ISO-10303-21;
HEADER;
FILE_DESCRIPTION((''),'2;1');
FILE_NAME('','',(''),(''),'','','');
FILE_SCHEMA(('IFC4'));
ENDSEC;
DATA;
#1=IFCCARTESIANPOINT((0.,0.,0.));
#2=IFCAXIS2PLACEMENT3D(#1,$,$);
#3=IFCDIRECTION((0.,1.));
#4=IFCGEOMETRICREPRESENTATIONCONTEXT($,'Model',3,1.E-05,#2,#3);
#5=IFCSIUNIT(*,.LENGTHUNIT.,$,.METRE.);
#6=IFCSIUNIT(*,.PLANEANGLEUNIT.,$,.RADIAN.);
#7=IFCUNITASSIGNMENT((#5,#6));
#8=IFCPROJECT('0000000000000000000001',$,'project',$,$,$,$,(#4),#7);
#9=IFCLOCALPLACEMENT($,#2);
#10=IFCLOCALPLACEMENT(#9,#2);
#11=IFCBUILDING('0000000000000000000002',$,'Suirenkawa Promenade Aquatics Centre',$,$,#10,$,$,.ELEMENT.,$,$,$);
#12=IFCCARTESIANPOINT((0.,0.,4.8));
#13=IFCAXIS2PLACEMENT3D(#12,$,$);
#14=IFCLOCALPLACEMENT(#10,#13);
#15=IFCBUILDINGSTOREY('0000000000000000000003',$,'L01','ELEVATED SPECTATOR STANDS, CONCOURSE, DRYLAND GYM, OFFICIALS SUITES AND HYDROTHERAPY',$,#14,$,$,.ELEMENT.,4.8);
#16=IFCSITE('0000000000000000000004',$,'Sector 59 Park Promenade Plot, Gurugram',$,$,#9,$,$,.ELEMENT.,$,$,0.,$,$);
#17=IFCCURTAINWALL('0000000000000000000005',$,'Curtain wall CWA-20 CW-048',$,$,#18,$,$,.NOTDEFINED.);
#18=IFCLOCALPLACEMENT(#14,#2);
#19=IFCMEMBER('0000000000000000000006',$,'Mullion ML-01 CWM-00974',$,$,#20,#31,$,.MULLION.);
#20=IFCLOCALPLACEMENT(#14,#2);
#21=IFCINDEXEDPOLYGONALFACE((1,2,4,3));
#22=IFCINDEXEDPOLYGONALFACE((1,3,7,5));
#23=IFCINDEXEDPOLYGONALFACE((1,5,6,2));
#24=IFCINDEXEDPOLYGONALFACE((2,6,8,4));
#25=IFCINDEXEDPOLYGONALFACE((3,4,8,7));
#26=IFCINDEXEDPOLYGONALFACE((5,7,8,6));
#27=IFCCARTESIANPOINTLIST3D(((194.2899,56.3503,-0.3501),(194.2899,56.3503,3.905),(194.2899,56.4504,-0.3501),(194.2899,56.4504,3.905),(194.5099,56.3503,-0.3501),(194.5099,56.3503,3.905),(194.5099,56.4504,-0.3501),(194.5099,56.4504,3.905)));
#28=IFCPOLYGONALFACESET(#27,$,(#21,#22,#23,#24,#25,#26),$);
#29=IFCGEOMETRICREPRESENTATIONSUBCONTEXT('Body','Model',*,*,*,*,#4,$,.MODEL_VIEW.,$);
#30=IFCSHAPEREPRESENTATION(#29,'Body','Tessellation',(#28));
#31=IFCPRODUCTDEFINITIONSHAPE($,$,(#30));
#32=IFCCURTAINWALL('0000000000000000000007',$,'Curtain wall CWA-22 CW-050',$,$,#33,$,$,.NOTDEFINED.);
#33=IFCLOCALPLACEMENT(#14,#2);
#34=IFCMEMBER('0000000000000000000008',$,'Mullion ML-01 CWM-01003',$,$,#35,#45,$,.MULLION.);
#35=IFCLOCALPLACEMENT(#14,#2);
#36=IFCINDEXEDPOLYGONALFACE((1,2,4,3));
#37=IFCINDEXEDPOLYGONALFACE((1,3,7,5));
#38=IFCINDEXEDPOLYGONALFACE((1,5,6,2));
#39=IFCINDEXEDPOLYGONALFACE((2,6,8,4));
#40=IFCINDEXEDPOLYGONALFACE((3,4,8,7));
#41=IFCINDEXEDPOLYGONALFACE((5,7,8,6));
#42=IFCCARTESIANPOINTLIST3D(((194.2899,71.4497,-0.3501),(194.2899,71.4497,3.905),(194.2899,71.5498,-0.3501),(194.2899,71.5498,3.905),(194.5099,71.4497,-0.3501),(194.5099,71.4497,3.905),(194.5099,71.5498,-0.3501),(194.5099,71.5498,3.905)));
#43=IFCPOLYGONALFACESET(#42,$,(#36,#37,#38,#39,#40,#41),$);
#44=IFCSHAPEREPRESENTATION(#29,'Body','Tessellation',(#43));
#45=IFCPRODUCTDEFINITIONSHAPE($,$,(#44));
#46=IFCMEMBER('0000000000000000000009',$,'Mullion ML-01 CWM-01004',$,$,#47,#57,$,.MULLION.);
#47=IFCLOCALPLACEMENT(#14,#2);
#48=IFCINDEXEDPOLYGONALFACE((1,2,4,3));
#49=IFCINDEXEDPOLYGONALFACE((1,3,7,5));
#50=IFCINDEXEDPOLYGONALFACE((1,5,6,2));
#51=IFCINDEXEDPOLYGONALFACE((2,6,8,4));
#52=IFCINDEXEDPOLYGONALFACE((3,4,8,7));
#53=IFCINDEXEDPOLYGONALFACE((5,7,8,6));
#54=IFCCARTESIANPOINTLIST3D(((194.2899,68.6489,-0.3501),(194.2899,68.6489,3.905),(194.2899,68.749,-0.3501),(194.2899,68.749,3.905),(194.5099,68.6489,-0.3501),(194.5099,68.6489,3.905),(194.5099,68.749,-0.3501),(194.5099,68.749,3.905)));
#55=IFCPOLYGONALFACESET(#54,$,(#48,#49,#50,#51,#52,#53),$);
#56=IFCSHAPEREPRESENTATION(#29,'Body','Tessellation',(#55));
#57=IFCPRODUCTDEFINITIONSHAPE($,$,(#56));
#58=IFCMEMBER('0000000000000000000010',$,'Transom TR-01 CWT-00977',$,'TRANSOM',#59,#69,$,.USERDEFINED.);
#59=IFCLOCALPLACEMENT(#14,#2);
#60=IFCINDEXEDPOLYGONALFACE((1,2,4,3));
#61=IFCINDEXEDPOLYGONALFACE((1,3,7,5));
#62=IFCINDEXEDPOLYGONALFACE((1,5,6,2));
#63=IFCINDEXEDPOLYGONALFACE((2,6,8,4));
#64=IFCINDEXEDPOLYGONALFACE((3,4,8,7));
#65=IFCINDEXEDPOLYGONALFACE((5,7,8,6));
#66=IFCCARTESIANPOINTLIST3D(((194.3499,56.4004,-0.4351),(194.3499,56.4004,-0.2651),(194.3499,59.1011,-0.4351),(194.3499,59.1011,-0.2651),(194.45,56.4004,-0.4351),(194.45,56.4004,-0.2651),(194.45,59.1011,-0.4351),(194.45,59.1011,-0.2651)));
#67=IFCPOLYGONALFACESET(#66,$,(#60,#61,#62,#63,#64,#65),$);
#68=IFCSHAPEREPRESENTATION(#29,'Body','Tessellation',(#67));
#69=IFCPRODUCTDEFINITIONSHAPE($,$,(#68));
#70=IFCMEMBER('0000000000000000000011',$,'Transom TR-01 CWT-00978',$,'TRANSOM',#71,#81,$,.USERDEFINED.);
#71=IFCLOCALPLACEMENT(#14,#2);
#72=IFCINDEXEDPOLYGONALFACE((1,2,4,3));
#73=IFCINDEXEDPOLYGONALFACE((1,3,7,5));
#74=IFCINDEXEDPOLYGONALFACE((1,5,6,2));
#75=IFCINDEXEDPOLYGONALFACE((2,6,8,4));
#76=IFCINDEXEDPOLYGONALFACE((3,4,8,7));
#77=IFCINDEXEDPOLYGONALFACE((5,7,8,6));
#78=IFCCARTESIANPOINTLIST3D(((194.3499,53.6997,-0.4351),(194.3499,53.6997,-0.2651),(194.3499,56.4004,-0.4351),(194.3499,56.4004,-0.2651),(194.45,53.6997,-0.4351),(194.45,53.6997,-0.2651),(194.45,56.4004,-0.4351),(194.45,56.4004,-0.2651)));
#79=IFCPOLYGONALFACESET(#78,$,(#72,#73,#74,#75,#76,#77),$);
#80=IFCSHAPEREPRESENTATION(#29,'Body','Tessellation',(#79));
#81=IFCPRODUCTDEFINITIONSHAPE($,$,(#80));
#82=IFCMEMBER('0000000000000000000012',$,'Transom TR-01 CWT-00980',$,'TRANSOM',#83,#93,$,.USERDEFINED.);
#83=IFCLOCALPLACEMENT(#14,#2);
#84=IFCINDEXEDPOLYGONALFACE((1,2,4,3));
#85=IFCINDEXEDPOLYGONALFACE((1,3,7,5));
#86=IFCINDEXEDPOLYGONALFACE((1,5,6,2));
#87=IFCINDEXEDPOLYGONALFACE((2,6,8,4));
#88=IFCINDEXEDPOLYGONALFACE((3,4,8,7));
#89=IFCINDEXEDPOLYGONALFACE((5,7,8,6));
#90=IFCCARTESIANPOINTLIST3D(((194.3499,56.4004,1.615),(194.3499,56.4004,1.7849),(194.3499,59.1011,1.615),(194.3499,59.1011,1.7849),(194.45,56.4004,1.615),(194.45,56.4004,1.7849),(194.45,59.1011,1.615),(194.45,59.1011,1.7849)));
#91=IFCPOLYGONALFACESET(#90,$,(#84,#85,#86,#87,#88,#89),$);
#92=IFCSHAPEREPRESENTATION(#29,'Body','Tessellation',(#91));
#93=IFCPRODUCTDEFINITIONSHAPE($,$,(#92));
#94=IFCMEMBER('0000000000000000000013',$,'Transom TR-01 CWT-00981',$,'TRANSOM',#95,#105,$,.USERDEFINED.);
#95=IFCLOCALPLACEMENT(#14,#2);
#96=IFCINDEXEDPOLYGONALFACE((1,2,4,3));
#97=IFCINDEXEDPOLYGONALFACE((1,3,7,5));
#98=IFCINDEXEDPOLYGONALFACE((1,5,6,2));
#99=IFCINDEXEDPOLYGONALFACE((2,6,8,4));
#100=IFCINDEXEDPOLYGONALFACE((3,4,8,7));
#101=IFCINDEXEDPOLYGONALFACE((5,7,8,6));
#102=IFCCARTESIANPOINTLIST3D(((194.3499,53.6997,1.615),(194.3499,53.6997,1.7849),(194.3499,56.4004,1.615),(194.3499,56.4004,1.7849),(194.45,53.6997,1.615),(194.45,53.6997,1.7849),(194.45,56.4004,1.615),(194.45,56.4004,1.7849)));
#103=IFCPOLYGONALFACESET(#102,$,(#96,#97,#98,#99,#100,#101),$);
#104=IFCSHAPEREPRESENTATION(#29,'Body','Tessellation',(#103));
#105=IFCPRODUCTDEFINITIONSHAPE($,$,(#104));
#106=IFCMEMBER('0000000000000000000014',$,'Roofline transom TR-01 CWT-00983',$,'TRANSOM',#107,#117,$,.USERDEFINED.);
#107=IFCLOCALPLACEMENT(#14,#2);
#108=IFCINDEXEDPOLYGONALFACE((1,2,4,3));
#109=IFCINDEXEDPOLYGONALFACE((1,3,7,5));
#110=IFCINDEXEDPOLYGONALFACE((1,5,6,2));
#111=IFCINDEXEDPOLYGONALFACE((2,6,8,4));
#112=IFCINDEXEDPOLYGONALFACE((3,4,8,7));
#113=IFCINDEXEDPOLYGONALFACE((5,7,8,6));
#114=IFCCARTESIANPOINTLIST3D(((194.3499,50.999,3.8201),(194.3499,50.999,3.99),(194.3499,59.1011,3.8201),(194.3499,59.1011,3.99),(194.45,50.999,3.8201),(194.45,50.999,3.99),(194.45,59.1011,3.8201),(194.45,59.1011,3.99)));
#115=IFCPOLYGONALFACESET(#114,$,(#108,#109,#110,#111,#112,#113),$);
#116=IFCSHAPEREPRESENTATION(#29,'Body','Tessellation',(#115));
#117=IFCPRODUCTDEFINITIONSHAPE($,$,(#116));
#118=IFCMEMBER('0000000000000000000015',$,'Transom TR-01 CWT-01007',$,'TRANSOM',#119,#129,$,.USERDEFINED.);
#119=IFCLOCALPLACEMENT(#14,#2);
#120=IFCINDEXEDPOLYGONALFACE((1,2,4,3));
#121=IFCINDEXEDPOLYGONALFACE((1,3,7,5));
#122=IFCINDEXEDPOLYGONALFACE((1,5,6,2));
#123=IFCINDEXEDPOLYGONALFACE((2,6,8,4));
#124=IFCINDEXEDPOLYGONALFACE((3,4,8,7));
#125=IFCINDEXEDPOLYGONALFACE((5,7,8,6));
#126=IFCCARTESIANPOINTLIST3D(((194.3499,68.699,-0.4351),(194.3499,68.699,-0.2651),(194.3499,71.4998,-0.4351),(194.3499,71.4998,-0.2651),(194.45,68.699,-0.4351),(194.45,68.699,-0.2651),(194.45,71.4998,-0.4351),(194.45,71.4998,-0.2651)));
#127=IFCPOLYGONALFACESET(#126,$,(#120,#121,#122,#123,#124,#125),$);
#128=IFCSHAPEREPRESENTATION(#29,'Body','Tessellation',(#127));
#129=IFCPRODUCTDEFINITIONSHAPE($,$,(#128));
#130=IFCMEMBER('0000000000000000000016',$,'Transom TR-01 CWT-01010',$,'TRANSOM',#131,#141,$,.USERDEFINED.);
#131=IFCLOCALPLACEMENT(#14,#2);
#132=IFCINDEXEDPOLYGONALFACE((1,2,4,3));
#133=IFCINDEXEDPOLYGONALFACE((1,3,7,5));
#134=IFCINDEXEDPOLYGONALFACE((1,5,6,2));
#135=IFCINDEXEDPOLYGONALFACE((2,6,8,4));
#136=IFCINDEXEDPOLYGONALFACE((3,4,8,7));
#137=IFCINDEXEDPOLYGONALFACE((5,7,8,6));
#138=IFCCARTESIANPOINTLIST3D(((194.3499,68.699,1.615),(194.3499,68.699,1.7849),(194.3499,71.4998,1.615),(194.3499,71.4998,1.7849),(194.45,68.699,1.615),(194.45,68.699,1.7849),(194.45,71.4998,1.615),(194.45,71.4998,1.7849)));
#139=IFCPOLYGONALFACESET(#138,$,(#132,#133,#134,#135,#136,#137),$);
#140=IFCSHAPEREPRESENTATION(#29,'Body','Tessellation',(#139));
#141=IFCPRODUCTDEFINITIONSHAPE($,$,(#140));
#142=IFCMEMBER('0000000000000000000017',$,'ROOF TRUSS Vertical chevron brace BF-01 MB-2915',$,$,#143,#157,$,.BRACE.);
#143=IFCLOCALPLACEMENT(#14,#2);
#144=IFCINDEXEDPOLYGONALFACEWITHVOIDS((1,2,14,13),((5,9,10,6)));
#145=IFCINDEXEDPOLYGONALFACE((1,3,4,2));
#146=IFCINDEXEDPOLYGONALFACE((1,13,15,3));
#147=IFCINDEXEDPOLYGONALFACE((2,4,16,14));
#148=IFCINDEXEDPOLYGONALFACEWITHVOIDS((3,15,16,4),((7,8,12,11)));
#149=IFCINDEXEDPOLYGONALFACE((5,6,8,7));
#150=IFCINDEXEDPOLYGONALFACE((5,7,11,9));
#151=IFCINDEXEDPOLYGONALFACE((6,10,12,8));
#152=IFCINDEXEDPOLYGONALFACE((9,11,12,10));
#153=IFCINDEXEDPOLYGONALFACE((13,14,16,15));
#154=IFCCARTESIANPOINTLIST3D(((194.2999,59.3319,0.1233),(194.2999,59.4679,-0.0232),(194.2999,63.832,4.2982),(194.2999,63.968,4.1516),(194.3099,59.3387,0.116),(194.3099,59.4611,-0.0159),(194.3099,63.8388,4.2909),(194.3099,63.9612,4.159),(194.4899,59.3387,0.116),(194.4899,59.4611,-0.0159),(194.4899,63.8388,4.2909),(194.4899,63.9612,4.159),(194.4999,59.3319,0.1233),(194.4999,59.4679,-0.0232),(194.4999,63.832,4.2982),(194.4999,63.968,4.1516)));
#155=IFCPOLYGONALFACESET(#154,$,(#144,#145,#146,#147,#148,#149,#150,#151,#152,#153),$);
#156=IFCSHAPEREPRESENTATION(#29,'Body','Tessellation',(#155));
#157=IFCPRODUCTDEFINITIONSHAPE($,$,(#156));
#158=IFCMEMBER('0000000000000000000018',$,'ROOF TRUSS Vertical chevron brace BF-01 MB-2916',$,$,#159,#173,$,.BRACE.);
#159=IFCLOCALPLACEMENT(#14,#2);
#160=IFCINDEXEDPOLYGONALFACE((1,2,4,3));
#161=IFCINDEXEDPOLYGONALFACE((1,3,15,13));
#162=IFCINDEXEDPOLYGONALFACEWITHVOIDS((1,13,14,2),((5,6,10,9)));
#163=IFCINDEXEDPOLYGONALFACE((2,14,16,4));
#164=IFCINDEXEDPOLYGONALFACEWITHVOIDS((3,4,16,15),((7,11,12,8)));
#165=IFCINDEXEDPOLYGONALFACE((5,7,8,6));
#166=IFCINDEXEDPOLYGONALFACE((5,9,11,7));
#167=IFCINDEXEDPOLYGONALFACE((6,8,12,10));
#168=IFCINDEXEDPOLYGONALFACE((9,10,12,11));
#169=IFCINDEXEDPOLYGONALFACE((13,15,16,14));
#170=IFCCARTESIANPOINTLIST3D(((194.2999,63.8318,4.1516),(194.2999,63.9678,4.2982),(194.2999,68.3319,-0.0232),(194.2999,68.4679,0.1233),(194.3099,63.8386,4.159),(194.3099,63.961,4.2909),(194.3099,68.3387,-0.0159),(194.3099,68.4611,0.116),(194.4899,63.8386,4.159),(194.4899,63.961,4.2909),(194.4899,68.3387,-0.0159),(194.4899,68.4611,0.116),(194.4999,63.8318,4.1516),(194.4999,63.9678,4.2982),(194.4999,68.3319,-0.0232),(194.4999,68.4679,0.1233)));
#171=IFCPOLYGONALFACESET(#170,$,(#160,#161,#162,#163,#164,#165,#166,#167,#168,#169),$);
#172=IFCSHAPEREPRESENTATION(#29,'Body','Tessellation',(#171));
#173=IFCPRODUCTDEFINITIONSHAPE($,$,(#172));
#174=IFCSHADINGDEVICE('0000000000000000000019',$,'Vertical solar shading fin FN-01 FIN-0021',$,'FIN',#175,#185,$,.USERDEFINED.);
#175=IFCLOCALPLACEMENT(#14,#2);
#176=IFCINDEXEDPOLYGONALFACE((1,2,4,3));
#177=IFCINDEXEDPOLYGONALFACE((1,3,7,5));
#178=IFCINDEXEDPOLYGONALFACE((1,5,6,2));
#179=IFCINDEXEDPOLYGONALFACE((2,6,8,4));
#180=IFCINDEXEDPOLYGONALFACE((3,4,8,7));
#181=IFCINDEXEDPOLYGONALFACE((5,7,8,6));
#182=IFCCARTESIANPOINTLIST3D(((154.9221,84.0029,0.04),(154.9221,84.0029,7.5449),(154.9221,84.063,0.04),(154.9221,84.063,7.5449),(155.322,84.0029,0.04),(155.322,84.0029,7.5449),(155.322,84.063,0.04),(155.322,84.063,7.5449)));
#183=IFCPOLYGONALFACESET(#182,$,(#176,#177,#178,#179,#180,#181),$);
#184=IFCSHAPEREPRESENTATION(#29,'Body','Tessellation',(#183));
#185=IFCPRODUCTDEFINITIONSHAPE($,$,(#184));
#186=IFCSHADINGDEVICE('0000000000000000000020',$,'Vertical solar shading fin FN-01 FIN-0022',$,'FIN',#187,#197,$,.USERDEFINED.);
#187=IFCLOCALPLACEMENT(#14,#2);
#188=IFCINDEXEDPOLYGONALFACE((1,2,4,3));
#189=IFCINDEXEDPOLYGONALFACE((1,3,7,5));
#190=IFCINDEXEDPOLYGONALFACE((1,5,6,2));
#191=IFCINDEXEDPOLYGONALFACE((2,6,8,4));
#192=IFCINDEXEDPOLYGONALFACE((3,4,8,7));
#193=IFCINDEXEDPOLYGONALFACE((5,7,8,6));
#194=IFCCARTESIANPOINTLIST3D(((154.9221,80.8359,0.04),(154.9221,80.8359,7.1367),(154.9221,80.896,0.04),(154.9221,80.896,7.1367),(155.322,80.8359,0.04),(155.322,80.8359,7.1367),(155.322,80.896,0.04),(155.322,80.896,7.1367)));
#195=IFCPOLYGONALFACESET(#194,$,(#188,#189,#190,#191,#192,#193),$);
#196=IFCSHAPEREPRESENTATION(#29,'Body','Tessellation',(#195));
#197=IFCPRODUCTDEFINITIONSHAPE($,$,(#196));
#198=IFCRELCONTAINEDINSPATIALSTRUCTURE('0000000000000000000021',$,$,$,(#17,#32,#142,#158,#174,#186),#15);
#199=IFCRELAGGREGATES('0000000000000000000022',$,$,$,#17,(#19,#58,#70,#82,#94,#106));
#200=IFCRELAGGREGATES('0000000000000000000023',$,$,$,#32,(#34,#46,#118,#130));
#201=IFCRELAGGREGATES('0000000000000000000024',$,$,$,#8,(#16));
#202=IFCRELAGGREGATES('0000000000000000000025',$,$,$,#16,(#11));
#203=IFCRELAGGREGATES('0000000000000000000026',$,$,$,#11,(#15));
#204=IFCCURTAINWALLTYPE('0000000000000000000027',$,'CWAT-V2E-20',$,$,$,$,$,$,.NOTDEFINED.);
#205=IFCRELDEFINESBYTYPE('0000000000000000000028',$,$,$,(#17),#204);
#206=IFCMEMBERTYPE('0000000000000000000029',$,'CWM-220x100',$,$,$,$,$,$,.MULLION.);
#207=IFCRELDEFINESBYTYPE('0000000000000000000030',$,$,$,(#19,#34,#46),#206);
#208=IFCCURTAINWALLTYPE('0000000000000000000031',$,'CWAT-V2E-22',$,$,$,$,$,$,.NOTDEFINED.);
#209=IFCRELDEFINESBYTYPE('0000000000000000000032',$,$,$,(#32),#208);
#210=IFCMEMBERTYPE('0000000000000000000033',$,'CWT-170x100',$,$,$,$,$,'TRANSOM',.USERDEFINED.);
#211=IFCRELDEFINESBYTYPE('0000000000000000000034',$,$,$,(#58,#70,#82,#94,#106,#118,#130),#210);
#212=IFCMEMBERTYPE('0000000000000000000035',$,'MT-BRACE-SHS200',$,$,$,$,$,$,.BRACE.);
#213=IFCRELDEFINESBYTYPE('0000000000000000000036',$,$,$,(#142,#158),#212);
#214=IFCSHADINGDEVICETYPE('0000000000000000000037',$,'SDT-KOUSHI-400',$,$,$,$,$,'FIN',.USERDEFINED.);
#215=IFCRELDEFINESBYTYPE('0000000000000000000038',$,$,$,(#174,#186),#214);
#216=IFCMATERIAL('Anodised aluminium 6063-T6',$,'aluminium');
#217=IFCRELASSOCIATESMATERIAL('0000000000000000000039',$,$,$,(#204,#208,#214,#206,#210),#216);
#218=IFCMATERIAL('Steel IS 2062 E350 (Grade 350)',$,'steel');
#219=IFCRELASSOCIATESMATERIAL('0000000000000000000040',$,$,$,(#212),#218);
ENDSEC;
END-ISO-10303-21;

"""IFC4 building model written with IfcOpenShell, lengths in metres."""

from ifc_helpers import new_model, si_unit, direction, frame, origin, origin_2d, place, context, subcontext, project, spatial, rectangle, hollow_rectangle, extrude, material, material_profile, profile_set, type_object, element, aggregate, save


model = new_model("IFC4")

# Units and contexts
model_context = context("Model", 3, precision=1e-05, world=origin(), true_north=direction((0.0, 1.0)))
body_context = subcontext(model_context, "Body", "Model", "MODEL_VIEW")
ifc_project = project(units=[si_unit("LENGTHUNIT", "METRE"), si_unit("PLANEANGLEUNIT", "RADIAN")], contexts=[model_context])

# Site, building, storey
site_placement = place(None, origin())
site = spatial("IfcSite", under=ifc_project, at=site_placement, Name="Sector 59 Park Promenade Plot, Gurugram", CompositionType="ELEMENT", RefElevation=0.0)
building_placement = place(site_placement, origin())
building = spatial("IfcBuilding", under=site, at=building_placement, Name="Suirenkawa Promenade Aquatics Centre", CompositionType="ELEMENT")
storey_placement = place(building_placement, frame((0.0, 0.0, 4.8)))
storey = spatial("IfcBuildingStorey", under=building, at=storey_placement, Name="L01", Description="ELEVATED SPECTATOR STANDS, CONCOURSE, DRYLAND GYM, OFFICIALS SUITES AND HYDROTHERAPY", CompositionType="ELEMENT", Elevation=4.8)

# Shared definitions
ifc_material_1 = material(Name="Steel IS 2062 E350 (Grade 350)", Category="steel")

# Curtain walls, members
ifc_material_2 = material(Name="Anodised aluminium 6063-T6", Category="aluminium")
curtain_wall_type_1 = type_object("IfcCurtainWallType", Name="CWAT-V2E-20", PredefinedType="NOTDEFINED", material=ifc_material_2)
curtain_wall_1_placement = place(storey_placement, origin())
curtain_wall_1 = element("IfcCurtainWall", 1, at=curtain_wall_1_placement, inside=storey, type_object=curtain_wall_type_1, Name="Curtain wall CWA-20 CW-048", PredefinedType="NOTDEFINED")
ifc_material_profile_1 = material_profile(ifc_material_2, rectangle(XDim=0.1001, YDim=0.22, at=origin_2d()), Name="ALU MULL 100x220", Category="aluminium")
ifc_profile_set_1 = profile_set([ifc_material_profile_1], Name="Anodised aluminium 6063-T6")
member_type_1 = type_object("IfcMemberType", Name="CWM-220x100", PredefinedType="MULLION", material=ifc_profile_set_1)
member_1_placement = place(storey_placement, frame((194.3999, 56.4004, -0.3501), z_axis=(0.0, 0.0, 1.0), x_axis=(0.0, -1.0, 0.0)))
member_1 = element("IfcMember", 2, at=member_1_placement, type_object=member_type_1, Name="Mullion ML-01 CWM-00974", PredefinedType="MULLION", context=body_context, shape_type="SweptSolid", body=[
    extrude(rectangle(XDim=0.1001, YDim=0.22, at=origin_2d()), origin(), (0.0, 0.0, 1.0), 4.2551),
])
curtain_wall_type_2 = type_object("IfcCurtainWallType", Name="CWAT-V2E-22", PredefinedType="NOTDEFINED", material=ifc_material_2)
curtain_wall_2_placement = place(storey_placement, origin())
curtain_wall_2 = element("IfcCurtainWall", 3, at=curtain_wall_2_placement, inside=storey, type_object=curtain_wall_type_2, Name="Curtain wall CWA-22 CW-050", PredefinedType="NOTDEFINED")
member_2_placement = place(storey_placement, frame((194.3999, 71.4998, -0.3501), z_axis=(0.0, 0.0, 1.0), x_axis=(0.0, -1.0, 0.0)))
member_2 = element("IfcMember", 4, at=member_2_placement, type_object=member_type_1, Name="Mullion ML-01 CWM-01003", PredefinedType="MULLION", context=body_context, shape_type="SweptSolid", body=[
    extrude(rectangle(XDim=0.1001, YDim=0.22, at=origin_2d()), origin(), (0.0, 0.0, 1.0), 4.2551),
])
member_3_placement = place(storey_placement, frame((194.3999, 68.699, -0.3501), z_axis=(0.0, 0.0, 1.0), x_axis=(0.0, -1.0, 0.0)))
member_3 = element("IfcMember", 5, at=member_3_placement, type_object=member_type_1, Name="Mullion ML-01 CWM-01004", PredefinedType="MULLION", context=body_context, shape_type="SweptSolid", body=[
    extrude(rectangle(XDim=0.1001, YDim=0.22, at=origin_2d()), origin(), (0.0, 0.0, 1.0), 4.2551),
])

# Members
ifc_material_profile_2 = material_profile(ifc_material_2, rectangle(XDim=0.1001, YDim=0.1699, at=origin_2d()), Name="ALU TRAN 100x170", Category="aluminium")
ifc_profile_set_2 = profile_set([ifc_material_profile_2], Name="Anodised aluminium 6063-T6")
member_type_2 = type_object("IfcMemberType", Name="CWT-170x100", ElementType="TRANSOM", PredefinedType="USERDEFINED", material=ifc_profile_set_2)
member_4_placement = place(storey_placement, frame((194.3999, 59.1011, -0.3501), z_axis=(0.0, -1.0, 0.0), x_axis=(1.0, 0.0, 0.0)))
member_4 = element("IfcMember", 6, at=member_4_placement, type_object=member_type_2, Name="Transom TR-01 CWT-00977", ObjectType="TRANSOM", PredefinedType="USERDEFINED", context=body_context, shape_type="SweptSolid", body=[
    extrude(rectangle(XDim=0.1001, YDim=0.1699, at=origin_2d()), origin(), (0.0, 0.0, 1.0), 2.7007),
])
member_5_placement = place(storey_placement, frame((194.3999, 56.4004, -0.3501), z_axis=(0.0, -1.0, 0.0), x_axis=(1.0, 0.0, 0.0)))
member_5 = element("IfcMember", 7, at=member_5_placement, type_object=member_type_2, Name="Transom TR-01 CWT-00978", ObjectType="TRANSOM", PredefinedType="USERDEFINED", context=body_context, shape_type="SweptSolid", body=[
    extrude(rectangle(XDim=0.1001, YDim=0.1699, at=origin_2d()), origin(), (0.0, 0.0, 1.0), 2.7007),
])
member_6_placement = place(storey_placement, frame((194.3999, 59.1011, 1.7), z_axis=(0.0, -1.0, 0.0), x_axis=(1.0, 0.0, 0.0)))
member_6 = element("IfcMember", 8, at=member_6_placement, type_object=member_type_2, Name="Transom TR-01 CWT-00980", ObjectType="TRANSOM", PredefinedType="USERDEFINED", context=body_context, shape_type="SweptSolid", body=[
    extrude(rectangle(XDim=0.1001, YDim=0.1699, at=origin_2d()), origin(), (0.0, 0.0, 1.0), 2.7007),
])
member_7_placement = place(storey_placement, frame((194.3999, 56.4004, 1.7), z_axis=(0.0, -1.0, 0.0), x_axis=(1.0, 0.0, 0.0)))
member_7 = element("IfcMember", 9, at=member_7_placement, type_object=member_type_2, Name="Transom TR-01 CWT-00981", ObjectType="TRANSOM", PredefinedType="USERDEFINED", context=body_context, shape_type="SweptSolid", body=[
    extrude(rectangle(XDim=0.1001, YDim=0.1699, at=origin_2d()), origin(), (0.0, 0.0, 1.0), 2.7007),
])
member_8_placement = place(storey_placement, frame((194.3999, 59.1011, 3.905), z_axis=(0.0, -1.0, 0.0), x_axis=(1.0, 0.0, 0.0)))
member_8 = element("IfcMember", 10, at=member_8_placement, type_object=member_type_2, Name="Roofline transom TR-01 CWT-00983", ObjectType="TRANSOM", PredefinedType="USERDEFINED", context=body_context, shape_type="SweptSolid", body=[
    extrude(rectangle(XDim=0.1001, YDim=0.1699, at=origin_2d()), origin(), (0.0, 0.0, 1.0), 8.1021),
])
member_9_placement = place(storey_placement, frame((194.3999, 71.4998, -0.3501), z_axis=(0.0, -1.0, 0.0), x_axis=(1.0, 0.0, 0.0)))
member_9 = element("IfcMember", 11, at=member_9_placement, type_object=member_type_2, Name="Transom TR-01 CWT-01007", ObjectType="TRANSOM", PredefinedType="USERDEFINED", context=body_context, shape_type="SweptSolid", body=[
    extrude(rectangle(XDim=0.1001, YDim=0.1699, at=origin_2d()), origin(), (0.0, 0.0, 1.0), 2.8008),
])
member_10_placement = place(storey_placement, frame((194.3999, 71.4998, 1.7), z_axis=(0.0, -1.0, 0.0), x_axis=(1.0, 0.0, 0.0)))
member_10 = element("IfcMember", 12, at=member_10_placement, type_object=member_type_2, Name="Transom TR-01 CWT-01010", ObjectType="TRANSOM", PredefinedType="USERDEFINED", context=body_context, shape_type="SweptSolid", body=[
    extrude(rectangle(XDim=0.1001, YDim=0.1699, at=origin_2d()), origin(), (0.0, 0.0, 1.0), 2.8008),
])

# Members
ifc_material_profile_3 = material_profile(ifc_material_1, hollow_rectangle(XDim=0.2, YDim=0.2, WallThickness=0.01, at=origin_2d()), Name="SHS 200x200x10", Category="steel")
ifc_profile_set_3 = profile_set([ifc_material_profile_3], Name="Steel IS 2062 E350 (Grade 350)")
member_type_3 = type_object("IfcMemberType", Name="MT-BRACE-SHS200", PredefinedType="BRACE", material=ifc_profile_set_3)
for number, where, z_axis, x_axis, name in (
    (13, (194.3999, 59.3999, 0.05), (0.0, 0.733099, 0.680122), (-1.0, 0.0, 0.0), "ROOF TRUSS Vertical chevron brace BF-01 MB-2915"),
    (14, (194.3999, 68.3999, 0.05), (0.0, -0.733099, 0.680122), (1.0, 0.0, 0.0), "ROOF TRUSS Vertical chevron brace BF-01 MB-2916"),
):
    element("IfcMember", number, at=place(storey_placement, frame(where, z_axis=z_axis, x_axis=x_axis)), inside=storey, type_object=member_type_3, Name=name, PredefinedType="BRACE", context=body_context, shape_type="SweptSolid", body=[
        extrude(hollow_rectangle(XDim=0.2, YDim=0.2, WallThickness=0.01, at=origin_2d()), origin(), (0.0, 0.0, 1.0), 6.1384),
    ])

aggregate(curtain_wall_1, [member_1, member_4, member_5, member_6, member_7, member_8])
aggregate(curtain_wall_2, [member_2, member_3, member_9, member_10])

# Shading devices
shading_device_type = type_object("IfcShadingDeviceType", Name="SDT-KOUSHI-400", ElementType="FIN", PredefinedType="USERDEFINED", material=ifc_material_2)
shading_device_1_placement = place(storey_placement, frame((155.1221, 84.033, 0.04), z_axis=(0.0, 0.0, 1.0), x_axis=(1.0, 0.0, 0.0)))
element("IfcShadingDevice", 15, at=shading_device_1_placement, inside=storey, type_object=shading_device_type, Name="Vertical solar shading fin FN-01 FIN-0021", ObjectType="FIN", PredefinedType="USERDEFINED", context=body_context, shape_type="SweptSolid", body=[
    extrude(rectangle(XDim=0.3999, YDim=0.0601, at=origin_2d()), origin(), (0.0, 0.0, 1.0), 7.5049),
])
shading_device_2_placement = place(storey_placement, frame((155.1221, 80.866, 0.04), z_axis=(0.0, 0.0, 1.0), x_axis=(1.0, 0.0, 0.0)))
element("IfcShadingDevice", 16, at=shading_device_2_placement, inside=storey, type_object=shading_device_type, Name="Vertical solar shading fin FN-01 FIN-0022", ObjectType="FIN", PredefinedType="USERDEFINED", context=body_context, shape_type="SweptSolid", body=[
    extrude(rectangle(XDim=0.3999, YDim=0.0601, at=origin_2d()), origin(), (0.0, 0.0, 1.0), 7.0967),
])

save(model, "model.ifc")
